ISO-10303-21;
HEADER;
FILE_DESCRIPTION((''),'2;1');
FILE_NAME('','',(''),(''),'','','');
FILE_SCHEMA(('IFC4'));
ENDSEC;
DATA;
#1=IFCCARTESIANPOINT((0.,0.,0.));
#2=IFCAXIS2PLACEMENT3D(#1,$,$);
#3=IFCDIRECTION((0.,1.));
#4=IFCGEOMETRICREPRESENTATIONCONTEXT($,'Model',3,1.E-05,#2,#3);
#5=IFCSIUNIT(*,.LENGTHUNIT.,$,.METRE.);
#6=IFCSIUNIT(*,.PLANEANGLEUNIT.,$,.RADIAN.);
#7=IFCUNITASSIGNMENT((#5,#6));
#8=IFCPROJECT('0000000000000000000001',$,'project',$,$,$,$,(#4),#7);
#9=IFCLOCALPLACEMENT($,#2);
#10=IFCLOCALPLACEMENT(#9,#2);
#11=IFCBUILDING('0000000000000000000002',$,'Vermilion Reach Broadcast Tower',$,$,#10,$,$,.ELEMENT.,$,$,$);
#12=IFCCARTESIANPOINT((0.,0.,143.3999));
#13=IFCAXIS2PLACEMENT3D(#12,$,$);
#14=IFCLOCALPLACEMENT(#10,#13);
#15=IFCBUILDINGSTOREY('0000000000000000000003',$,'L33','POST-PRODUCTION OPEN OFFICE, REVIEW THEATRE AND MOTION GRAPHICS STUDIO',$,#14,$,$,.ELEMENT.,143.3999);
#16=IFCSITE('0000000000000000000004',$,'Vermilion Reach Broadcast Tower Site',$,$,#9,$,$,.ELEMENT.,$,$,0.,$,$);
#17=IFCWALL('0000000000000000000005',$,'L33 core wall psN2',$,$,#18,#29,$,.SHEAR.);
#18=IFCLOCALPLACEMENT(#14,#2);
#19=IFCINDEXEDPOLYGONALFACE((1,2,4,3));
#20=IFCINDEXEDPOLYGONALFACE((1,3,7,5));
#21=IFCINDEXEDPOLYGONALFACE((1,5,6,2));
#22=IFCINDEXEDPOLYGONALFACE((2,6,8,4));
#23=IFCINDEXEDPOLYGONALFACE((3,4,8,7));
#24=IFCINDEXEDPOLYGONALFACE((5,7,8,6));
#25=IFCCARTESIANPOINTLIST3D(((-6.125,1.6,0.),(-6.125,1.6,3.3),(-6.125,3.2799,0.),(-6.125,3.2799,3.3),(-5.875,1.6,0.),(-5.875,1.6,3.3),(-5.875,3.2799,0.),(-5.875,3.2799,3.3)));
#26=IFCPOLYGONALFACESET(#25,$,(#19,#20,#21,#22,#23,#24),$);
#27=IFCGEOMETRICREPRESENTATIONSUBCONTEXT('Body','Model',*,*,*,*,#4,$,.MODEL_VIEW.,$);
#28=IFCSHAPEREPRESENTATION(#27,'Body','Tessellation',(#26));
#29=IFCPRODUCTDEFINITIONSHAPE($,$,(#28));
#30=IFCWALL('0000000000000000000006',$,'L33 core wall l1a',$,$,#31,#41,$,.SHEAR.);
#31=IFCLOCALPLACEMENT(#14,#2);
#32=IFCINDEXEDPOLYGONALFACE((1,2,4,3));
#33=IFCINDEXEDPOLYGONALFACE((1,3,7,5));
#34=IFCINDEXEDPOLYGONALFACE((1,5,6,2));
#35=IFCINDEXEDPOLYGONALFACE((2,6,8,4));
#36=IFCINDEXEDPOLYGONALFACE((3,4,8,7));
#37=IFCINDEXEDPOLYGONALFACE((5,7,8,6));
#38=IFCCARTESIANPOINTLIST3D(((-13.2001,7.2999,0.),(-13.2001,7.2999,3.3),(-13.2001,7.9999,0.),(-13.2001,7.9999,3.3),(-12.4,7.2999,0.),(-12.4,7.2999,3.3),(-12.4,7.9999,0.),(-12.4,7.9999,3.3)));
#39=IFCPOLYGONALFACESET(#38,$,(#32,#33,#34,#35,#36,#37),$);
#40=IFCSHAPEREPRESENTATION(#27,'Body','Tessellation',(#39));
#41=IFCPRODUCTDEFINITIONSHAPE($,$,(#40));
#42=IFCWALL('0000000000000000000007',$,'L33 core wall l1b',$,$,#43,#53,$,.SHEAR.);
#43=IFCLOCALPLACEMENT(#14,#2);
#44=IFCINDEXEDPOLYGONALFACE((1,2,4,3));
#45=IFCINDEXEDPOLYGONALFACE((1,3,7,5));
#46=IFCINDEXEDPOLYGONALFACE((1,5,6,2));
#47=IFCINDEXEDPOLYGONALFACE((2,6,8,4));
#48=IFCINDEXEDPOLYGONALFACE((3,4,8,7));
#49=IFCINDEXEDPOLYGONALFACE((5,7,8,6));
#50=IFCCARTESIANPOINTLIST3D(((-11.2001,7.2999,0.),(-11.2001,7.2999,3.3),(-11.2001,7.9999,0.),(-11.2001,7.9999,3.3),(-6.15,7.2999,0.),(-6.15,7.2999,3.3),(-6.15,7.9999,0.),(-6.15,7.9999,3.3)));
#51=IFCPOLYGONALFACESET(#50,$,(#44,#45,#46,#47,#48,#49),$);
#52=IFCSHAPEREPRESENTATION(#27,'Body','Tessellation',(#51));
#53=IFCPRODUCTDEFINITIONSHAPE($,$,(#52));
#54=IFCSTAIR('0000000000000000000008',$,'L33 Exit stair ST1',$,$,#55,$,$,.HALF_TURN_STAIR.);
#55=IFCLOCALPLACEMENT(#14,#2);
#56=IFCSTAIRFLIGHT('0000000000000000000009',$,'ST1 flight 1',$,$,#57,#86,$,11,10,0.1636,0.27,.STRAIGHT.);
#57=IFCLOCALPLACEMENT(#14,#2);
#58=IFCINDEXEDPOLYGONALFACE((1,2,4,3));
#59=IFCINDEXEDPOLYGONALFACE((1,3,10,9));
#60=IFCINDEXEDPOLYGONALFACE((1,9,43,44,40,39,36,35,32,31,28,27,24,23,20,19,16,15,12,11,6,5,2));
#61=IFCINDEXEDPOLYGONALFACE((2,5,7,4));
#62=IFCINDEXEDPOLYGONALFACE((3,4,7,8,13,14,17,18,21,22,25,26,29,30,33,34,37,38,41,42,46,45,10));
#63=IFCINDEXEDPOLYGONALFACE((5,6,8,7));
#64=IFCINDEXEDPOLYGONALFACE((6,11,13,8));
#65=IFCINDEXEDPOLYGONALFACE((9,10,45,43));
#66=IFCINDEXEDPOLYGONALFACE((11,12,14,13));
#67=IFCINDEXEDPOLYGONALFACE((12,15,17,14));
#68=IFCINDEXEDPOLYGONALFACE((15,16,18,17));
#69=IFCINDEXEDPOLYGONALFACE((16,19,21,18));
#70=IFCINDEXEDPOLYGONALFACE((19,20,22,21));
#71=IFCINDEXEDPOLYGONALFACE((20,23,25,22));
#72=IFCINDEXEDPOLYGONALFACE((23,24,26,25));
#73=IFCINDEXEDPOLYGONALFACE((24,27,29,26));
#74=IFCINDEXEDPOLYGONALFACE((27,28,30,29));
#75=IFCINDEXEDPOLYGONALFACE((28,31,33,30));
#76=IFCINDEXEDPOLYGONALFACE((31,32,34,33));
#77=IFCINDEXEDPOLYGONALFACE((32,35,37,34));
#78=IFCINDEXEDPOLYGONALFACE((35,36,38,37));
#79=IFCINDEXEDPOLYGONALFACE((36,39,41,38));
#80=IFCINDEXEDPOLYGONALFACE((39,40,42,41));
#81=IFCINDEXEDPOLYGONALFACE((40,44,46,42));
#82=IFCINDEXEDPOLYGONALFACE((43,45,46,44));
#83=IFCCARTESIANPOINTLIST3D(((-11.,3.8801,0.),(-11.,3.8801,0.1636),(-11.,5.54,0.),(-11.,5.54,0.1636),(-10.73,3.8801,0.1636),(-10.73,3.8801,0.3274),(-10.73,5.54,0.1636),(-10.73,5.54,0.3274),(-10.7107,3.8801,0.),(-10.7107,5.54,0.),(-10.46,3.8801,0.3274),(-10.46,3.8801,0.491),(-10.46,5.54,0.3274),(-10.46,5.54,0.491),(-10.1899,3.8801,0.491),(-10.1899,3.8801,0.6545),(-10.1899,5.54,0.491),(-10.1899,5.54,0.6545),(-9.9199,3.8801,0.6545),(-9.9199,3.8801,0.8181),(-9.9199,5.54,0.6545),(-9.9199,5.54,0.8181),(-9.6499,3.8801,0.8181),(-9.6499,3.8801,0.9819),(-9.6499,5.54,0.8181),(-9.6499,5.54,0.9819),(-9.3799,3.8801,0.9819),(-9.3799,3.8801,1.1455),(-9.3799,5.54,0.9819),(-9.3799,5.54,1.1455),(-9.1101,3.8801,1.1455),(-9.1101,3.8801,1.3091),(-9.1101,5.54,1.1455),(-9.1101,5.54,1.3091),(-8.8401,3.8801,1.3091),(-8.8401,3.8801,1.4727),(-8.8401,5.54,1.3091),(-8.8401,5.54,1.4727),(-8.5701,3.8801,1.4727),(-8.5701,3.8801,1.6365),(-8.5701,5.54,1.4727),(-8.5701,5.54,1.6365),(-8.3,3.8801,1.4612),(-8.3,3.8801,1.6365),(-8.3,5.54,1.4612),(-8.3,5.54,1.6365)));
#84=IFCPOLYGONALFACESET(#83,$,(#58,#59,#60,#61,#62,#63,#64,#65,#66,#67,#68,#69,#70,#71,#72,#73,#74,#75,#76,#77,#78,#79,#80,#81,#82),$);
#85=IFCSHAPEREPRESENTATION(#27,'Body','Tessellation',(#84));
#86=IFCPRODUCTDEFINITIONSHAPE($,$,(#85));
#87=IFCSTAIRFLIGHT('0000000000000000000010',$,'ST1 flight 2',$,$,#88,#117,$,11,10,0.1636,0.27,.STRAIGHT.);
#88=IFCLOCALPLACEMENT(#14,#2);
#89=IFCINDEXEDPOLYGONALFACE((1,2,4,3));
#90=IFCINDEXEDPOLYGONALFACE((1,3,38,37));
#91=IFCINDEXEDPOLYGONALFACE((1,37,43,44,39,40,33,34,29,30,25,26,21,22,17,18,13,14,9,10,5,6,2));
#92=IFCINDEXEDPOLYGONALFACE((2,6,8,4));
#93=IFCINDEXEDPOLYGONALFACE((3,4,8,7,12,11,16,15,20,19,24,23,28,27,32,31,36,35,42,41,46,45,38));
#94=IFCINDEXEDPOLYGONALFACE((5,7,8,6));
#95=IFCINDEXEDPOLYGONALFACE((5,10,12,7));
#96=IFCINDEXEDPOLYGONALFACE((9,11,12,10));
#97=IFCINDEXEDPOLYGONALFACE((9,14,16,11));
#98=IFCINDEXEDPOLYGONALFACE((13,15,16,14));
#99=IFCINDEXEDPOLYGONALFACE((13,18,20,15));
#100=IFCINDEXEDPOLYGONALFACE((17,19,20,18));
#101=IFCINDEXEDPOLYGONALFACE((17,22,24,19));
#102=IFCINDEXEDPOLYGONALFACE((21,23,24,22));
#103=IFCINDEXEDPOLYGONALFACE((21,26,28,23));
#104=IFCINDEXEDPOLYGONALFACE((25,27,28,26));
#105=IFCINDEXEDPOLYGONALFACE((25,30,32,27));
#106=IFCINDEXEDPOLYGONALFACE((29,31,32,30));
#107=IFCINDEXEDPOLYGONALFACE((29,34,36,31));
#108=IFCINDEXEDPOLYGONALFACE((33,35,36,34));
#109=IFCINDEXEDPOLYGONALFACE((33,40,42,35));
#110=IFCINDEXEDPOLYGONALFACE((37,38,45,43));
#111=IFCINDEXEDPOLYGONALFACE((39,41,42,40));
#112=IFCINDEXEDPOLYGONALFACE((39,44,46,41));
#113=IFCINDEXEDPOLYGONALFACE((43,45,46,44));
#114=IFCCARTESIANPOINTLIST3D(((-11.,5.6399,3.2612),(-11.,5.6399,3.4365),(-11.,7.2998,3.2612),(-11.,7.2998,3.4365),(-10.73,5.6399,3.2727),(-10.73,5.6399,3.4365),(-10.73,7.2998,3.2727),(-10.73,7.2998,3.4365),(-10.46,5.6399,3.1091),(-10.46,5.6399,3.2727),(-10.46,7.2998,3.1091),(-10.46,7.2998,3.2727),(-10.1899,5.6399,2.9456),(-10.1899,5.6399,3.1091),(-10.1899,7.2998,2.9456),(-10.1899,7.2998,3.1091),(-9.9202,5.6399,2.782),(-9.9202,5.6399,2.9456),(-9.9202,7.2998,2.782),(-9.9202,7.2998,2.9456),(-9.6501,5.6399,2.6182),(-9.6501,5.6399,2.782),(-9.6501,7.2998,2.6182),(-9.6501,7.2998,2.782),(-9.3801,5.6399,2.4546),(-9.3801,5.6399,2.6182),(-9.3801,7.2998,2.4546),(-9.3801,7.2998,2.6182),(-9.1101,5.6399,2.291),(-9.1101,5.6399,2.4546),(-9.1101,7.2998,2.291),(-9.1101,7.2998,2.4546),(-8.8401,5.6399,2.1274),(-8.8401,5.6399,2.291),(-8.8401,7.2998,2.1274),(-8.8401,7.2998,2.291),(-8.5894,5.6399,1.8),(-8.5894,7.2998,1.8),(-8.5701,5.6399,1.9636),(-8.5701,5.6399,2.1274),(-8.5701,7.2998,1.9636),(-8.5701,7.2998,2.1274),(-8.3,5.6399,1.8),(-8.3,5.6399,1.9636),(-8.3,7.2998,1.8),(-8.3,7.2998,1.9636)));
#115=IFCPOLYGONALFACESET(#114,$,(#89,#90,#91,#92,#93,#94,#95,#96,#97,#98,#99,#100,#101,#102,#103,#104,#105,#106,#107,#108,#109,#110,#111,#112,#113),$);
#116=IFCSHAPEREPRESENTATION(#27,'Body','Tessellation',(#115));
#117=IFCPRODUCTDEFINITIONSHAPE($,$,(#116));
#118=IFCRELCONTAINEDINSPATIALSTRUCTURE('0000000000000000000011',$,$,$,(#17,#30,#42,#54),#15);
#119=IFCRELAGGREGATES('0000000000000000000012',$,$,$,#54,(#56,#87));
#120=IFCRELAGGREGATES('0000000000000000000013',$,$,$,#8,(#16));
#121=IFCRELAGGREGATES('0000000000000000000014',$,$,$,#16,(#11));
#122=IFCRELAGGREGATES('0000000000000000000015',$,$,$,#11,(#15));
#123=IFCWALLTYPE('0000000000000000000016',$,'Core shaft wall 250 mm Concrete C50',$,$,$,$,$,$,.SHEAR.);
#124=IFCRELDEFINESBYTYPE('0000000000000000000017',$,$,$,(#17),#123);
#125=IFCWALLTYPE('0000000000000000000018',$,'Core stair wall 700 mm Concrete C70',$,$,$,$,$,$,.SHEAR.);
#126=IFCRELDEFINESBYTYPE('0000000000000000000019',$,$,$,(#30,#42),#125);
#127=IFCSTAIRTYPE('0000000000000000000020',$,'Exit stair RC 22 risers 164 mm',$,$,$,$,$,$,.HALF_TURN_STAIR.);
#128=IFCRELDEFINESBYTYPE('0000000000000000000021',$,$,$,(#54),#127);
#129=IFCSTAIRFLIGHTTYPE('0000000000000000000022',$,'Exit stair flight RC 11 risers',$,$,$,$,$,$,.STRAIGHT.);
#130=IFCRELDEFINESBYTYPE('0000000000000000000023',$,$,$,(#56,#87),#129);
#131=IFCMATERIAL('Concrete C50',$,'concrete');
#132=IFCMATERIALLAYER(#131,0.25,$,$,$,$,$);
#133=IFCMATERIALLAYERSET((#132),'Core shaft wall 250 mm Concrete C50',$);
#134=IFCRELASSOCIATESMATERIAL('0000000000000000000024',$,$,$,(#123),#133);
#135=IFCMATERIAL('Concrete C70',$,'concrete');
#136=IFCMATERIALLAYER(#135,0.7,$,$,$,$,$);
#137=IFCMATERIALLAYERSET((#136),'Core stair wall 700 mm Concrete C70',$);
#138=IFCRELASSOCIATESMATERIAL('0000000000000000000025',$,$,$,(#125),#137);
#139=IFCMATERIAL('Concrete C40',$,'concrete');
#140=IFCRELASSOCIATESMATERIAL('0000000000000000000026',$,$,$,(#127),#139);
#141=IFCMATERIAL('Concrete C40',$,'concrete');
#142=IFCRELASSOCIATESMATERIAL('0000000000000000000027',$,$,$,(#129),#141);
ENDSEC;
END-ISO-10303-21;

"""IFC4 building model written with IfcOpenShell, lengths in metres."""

from ifc_helpers import new_model, si_unit, direction, frame, frame_2d, origin, place, context, subcontext, project, spatial, polyline, rectangle, outline, extrude, material, layer, layer_set, type_object, element, aggregate, save


model = new_model("IFC4")

# Units and contexts
model_context = context("Model", 3, precision=1e-05, world=origin(), true_north=direction((0.0, 1.0)))
body_context = subcontext(model_context, "Body", "Model", "MODEL_VIEW")
ifc_project = project(units=[si_unit("LENGTHUNIT", "METRE"), si_unit("PLANEANGLEUNIT", "RADIAN")], contexts=[model_context])

# Site, building, storey
site_placement = place(None, origin())
site = spatial("IfcSite", under=ifc_project, at=site_placement, Name="Vermilion Reach Broadcast Tower Site", CompositionType="ELEMENT", RefElevation=0.0)
building_placement = place(site_placement, origin())
building = spatial("IfcBuilding", under=site, at=building_placement, Name="Vermilion Reach Broadcast Tower", CompositionType="ELEMENT")
storey_placement = place(building_placement, frame((0.0, 0.0, 143.3999)))
storey = spatial("IfcBuildingStorey", under=building, at=storey_placement, Name="L33", Description="POST-PRODUCTION OPEN OFFICE, REVIEW THEATRE AND MOTION GRAPHICS STUDIO", CompositionType="ELEMENT", Elevation=143.3999)

# Walls
ifc_material_1 = material(Name="Concrete C50", Category="concrete")
ifc_layer_1 = layer(ifc_material_1, 0.25)
ifc_layer_set_1 = layer_set([ifc_layer_1], Name="Core shaft wall 250 mm Concrete C50")
wall_type_1 = type_object("IfcWallType", Name="Core shaft wall 250 mm Concrete C50", PredefinedType="SHEAR", material=ifc_layer_set_1)
for number, where, z_axis, x_axis, name in (
    (1, (-6.0, 1.6001, 0.0), (0.0, 0.0, 1.0), (0.0, 1.0, 0.0), "L33 core wall psN2"),
):
    element("IfcWall", number, at=place(storey_placement, frame(where, z_axis=z_axis, x_axis=x_axis)), inside=storey, type_object=wall_type_1, Name=name, PredefinedType="SHEAR", context=body_context, shape_type="SweptSolid", body=[
        extrude(rectangle(XDim=1.6799, YDim=0.25, at=frame_2d((0.8398, 0.0))), origin(), (0.0, 0.0, 1.0), 3.3),
    ])
ifc_material_2 = material(Name="Concrete C70", Category="concrete")
ifc_layer_2 = layer(ifc_material_2, 0.7)
ifc_layer_set_2 = layer_set([ifc_layer_2], Name="Core stair wall 700 mm Concrete C70")
wall_type_2 = type_object("IfcWallType", Name="Core stair wall 700 mm Concrete C70", PredefinedType="SHEAR", material=ifc_layer_set_2)
wall_1_placement = place(storey_placement, frame((-13.2, 7.6499, 0.0), z_axis=(0.0, 0.0, 1.0), x_axis=(1.0, 0.0, 0.0)))
element("IfcWall", 2, at=wall_1_placement, inside=storey, type_object=wall_type_2, Name="L33 core wall l1a", PredefinedType="SHEAR", context=body_context, shape_type="SweptSolid", body=[
    extrude(rectangle(XDim=0.8, YDim=0.7, at=frame_2d((0.3999, 0.0))), origin(), (0.0, 0.0, 1.0), 3.3),
])
wall_2_placement = place(storey_placement, frame((-11.2, 7.6499, 0.0), z_axis=(0.0, 0.0, 1.0), x_axis=(1.0, 0.0, 0.0)))
element("IfcWall", 3, at=wall_2_placement, inside=storey, type_object=wall_type_2, Name="L33 core wall l1b", PredefinedType="SHEAR", context=body_context, shape_type="SweptSolid", body=[
    extrude(rectangle(XDim=5.05, YDim=0.7, at=frame_2d((2.5249, 0.0))), origin(), (0.0, 0.0, 1.0), 3.3),
])

# Stair, stair flights
ifc_material_3 = material(Name="Concrete C40", Category="concrete")
stair_type = type_object("IfcStairType", Name="Exit stair RC 22 risers 164 mm", PredefinedType="HALF_TURN_STAIR", material=ifc_material_3)
stair_placement = place(storey_placement, origin())
stair = element("IfcStair", 4, at=stair_placement, inside=storey, type_object=stair_type, Name="L33 Exit stair ST1", PredefinedType="HALF_TURN_STAIR")
ifc_material_4 = material(Name="Concrete C40", Category="concrete")
stair_flight_type = type_object("IfcStairFlightType", Name="Exit stair flight RC 11 risers", PredefinedType="STRAIGHT", material=ifc_material_4)
stair_flight_1_placement = place(storey_placement, frame((-11.0, 4.71, 0.0), z_axis=(0.0, 0.0, 1.0), x_axis=(1.0, 0.0, 0.0)))
stair_flight_1 = element("IfcStairFlight", 5, at=stair_flight_1_placement, type_object=stair_flight_type, Name="ST1 flight 1", NumberOfRisers=11, NumberOfTreads=10, PredefinedType="STRAIGHT", RiserHeight=0.1636, TreadLength=0.27, context=body_context, shape_type="SweptSolid", body=[
    extrude(outline(polyline([(0.0, 0.0), (0.0, 0.1636), (0.27, 0.1636), (0.27, 0.3274), (0.54, 0.3274), (0.54, 0.491), (0.8101, 0.491), (0.8101, 0.6545), (1.0801, 0.6545), (1.0801, 0.8181), (1.3501, 0.8181), (1.3501, 0.9819), (1.6201, 0.9819), (1.6201, 1.1455), (1.8899, 1.1455), (1.8899, 1.3091), (2.1599, 1.3091), (2.1599, 1.4727), (2.4299, 1.4727), (2.4299, 1.6365), (2.7, 1.6365), (2.7, 1.8), (2.7, 1.4612), (0.2893, 0.0), (0.0, 0.0)])), frame((0.0, 0.8301, 0.0), z_axis=(0.0, -1.0, 0.0), x_axis=(1.0, 0.0, 0.0)), (0.0, 0.0, 1.0), 1.6599),
])
stair_flight_2_placement = place(storey_placement, frame((-8.3, 6.47, 1.8), z_axis=(0.0, 0.0, 1.0), x_axis=(-1.0, 0.0, 0.0)))
stair_flight_2 = element("IfcStairFlight", 6, at=stair_flight_2_placement, type_object=stair_flight_type, Name="ST1 flight 2", NumberOfRisers=11, NumberOfTreads=10, PredefinedType="STRAIGHT", RiserHeight=0.1636, TreadLength=0.27, context=body_context, shape_type="SweptSolid", body=[
    extrude(outline(polyline([(0.0, 0.0), (0.0, 0.1636), (0.27, 0.1636), (0.27, 0.3274), (0.54, 0.3274), (0.54, 0.491), (0.8101, 0.491), (0.8101, 0.6545), (1.0801, 0.6545), (1.0801, 0.8181), (1.3501, 0.8181), (1.3501, 0.9819), (1.6201, 0.9819), (1.6201, 1.1455), (1.8899, 1.1455), (1.8899, 1.3091), (2.1599, 1.3091), (2.1599, 1.4727), (2.4299, 1.4727), (2.4299, 1.6365), (2.7, 1.6365), (2.7, 1.8), (2.7, 1.4612), (0.2893, 0.0), (0.0, 0.0)])), frame((0.0, 0.8301, 0.0), z_axis=(0.0, -1.0, 0.0), x_axis=(1.0, 0.0, 0.0)), (0.0, 0.0, 1.0), 1.6599),
])
aggregate(stair, [stair_flight_1, stair_flight_2])

save(model, "model.ifc")
